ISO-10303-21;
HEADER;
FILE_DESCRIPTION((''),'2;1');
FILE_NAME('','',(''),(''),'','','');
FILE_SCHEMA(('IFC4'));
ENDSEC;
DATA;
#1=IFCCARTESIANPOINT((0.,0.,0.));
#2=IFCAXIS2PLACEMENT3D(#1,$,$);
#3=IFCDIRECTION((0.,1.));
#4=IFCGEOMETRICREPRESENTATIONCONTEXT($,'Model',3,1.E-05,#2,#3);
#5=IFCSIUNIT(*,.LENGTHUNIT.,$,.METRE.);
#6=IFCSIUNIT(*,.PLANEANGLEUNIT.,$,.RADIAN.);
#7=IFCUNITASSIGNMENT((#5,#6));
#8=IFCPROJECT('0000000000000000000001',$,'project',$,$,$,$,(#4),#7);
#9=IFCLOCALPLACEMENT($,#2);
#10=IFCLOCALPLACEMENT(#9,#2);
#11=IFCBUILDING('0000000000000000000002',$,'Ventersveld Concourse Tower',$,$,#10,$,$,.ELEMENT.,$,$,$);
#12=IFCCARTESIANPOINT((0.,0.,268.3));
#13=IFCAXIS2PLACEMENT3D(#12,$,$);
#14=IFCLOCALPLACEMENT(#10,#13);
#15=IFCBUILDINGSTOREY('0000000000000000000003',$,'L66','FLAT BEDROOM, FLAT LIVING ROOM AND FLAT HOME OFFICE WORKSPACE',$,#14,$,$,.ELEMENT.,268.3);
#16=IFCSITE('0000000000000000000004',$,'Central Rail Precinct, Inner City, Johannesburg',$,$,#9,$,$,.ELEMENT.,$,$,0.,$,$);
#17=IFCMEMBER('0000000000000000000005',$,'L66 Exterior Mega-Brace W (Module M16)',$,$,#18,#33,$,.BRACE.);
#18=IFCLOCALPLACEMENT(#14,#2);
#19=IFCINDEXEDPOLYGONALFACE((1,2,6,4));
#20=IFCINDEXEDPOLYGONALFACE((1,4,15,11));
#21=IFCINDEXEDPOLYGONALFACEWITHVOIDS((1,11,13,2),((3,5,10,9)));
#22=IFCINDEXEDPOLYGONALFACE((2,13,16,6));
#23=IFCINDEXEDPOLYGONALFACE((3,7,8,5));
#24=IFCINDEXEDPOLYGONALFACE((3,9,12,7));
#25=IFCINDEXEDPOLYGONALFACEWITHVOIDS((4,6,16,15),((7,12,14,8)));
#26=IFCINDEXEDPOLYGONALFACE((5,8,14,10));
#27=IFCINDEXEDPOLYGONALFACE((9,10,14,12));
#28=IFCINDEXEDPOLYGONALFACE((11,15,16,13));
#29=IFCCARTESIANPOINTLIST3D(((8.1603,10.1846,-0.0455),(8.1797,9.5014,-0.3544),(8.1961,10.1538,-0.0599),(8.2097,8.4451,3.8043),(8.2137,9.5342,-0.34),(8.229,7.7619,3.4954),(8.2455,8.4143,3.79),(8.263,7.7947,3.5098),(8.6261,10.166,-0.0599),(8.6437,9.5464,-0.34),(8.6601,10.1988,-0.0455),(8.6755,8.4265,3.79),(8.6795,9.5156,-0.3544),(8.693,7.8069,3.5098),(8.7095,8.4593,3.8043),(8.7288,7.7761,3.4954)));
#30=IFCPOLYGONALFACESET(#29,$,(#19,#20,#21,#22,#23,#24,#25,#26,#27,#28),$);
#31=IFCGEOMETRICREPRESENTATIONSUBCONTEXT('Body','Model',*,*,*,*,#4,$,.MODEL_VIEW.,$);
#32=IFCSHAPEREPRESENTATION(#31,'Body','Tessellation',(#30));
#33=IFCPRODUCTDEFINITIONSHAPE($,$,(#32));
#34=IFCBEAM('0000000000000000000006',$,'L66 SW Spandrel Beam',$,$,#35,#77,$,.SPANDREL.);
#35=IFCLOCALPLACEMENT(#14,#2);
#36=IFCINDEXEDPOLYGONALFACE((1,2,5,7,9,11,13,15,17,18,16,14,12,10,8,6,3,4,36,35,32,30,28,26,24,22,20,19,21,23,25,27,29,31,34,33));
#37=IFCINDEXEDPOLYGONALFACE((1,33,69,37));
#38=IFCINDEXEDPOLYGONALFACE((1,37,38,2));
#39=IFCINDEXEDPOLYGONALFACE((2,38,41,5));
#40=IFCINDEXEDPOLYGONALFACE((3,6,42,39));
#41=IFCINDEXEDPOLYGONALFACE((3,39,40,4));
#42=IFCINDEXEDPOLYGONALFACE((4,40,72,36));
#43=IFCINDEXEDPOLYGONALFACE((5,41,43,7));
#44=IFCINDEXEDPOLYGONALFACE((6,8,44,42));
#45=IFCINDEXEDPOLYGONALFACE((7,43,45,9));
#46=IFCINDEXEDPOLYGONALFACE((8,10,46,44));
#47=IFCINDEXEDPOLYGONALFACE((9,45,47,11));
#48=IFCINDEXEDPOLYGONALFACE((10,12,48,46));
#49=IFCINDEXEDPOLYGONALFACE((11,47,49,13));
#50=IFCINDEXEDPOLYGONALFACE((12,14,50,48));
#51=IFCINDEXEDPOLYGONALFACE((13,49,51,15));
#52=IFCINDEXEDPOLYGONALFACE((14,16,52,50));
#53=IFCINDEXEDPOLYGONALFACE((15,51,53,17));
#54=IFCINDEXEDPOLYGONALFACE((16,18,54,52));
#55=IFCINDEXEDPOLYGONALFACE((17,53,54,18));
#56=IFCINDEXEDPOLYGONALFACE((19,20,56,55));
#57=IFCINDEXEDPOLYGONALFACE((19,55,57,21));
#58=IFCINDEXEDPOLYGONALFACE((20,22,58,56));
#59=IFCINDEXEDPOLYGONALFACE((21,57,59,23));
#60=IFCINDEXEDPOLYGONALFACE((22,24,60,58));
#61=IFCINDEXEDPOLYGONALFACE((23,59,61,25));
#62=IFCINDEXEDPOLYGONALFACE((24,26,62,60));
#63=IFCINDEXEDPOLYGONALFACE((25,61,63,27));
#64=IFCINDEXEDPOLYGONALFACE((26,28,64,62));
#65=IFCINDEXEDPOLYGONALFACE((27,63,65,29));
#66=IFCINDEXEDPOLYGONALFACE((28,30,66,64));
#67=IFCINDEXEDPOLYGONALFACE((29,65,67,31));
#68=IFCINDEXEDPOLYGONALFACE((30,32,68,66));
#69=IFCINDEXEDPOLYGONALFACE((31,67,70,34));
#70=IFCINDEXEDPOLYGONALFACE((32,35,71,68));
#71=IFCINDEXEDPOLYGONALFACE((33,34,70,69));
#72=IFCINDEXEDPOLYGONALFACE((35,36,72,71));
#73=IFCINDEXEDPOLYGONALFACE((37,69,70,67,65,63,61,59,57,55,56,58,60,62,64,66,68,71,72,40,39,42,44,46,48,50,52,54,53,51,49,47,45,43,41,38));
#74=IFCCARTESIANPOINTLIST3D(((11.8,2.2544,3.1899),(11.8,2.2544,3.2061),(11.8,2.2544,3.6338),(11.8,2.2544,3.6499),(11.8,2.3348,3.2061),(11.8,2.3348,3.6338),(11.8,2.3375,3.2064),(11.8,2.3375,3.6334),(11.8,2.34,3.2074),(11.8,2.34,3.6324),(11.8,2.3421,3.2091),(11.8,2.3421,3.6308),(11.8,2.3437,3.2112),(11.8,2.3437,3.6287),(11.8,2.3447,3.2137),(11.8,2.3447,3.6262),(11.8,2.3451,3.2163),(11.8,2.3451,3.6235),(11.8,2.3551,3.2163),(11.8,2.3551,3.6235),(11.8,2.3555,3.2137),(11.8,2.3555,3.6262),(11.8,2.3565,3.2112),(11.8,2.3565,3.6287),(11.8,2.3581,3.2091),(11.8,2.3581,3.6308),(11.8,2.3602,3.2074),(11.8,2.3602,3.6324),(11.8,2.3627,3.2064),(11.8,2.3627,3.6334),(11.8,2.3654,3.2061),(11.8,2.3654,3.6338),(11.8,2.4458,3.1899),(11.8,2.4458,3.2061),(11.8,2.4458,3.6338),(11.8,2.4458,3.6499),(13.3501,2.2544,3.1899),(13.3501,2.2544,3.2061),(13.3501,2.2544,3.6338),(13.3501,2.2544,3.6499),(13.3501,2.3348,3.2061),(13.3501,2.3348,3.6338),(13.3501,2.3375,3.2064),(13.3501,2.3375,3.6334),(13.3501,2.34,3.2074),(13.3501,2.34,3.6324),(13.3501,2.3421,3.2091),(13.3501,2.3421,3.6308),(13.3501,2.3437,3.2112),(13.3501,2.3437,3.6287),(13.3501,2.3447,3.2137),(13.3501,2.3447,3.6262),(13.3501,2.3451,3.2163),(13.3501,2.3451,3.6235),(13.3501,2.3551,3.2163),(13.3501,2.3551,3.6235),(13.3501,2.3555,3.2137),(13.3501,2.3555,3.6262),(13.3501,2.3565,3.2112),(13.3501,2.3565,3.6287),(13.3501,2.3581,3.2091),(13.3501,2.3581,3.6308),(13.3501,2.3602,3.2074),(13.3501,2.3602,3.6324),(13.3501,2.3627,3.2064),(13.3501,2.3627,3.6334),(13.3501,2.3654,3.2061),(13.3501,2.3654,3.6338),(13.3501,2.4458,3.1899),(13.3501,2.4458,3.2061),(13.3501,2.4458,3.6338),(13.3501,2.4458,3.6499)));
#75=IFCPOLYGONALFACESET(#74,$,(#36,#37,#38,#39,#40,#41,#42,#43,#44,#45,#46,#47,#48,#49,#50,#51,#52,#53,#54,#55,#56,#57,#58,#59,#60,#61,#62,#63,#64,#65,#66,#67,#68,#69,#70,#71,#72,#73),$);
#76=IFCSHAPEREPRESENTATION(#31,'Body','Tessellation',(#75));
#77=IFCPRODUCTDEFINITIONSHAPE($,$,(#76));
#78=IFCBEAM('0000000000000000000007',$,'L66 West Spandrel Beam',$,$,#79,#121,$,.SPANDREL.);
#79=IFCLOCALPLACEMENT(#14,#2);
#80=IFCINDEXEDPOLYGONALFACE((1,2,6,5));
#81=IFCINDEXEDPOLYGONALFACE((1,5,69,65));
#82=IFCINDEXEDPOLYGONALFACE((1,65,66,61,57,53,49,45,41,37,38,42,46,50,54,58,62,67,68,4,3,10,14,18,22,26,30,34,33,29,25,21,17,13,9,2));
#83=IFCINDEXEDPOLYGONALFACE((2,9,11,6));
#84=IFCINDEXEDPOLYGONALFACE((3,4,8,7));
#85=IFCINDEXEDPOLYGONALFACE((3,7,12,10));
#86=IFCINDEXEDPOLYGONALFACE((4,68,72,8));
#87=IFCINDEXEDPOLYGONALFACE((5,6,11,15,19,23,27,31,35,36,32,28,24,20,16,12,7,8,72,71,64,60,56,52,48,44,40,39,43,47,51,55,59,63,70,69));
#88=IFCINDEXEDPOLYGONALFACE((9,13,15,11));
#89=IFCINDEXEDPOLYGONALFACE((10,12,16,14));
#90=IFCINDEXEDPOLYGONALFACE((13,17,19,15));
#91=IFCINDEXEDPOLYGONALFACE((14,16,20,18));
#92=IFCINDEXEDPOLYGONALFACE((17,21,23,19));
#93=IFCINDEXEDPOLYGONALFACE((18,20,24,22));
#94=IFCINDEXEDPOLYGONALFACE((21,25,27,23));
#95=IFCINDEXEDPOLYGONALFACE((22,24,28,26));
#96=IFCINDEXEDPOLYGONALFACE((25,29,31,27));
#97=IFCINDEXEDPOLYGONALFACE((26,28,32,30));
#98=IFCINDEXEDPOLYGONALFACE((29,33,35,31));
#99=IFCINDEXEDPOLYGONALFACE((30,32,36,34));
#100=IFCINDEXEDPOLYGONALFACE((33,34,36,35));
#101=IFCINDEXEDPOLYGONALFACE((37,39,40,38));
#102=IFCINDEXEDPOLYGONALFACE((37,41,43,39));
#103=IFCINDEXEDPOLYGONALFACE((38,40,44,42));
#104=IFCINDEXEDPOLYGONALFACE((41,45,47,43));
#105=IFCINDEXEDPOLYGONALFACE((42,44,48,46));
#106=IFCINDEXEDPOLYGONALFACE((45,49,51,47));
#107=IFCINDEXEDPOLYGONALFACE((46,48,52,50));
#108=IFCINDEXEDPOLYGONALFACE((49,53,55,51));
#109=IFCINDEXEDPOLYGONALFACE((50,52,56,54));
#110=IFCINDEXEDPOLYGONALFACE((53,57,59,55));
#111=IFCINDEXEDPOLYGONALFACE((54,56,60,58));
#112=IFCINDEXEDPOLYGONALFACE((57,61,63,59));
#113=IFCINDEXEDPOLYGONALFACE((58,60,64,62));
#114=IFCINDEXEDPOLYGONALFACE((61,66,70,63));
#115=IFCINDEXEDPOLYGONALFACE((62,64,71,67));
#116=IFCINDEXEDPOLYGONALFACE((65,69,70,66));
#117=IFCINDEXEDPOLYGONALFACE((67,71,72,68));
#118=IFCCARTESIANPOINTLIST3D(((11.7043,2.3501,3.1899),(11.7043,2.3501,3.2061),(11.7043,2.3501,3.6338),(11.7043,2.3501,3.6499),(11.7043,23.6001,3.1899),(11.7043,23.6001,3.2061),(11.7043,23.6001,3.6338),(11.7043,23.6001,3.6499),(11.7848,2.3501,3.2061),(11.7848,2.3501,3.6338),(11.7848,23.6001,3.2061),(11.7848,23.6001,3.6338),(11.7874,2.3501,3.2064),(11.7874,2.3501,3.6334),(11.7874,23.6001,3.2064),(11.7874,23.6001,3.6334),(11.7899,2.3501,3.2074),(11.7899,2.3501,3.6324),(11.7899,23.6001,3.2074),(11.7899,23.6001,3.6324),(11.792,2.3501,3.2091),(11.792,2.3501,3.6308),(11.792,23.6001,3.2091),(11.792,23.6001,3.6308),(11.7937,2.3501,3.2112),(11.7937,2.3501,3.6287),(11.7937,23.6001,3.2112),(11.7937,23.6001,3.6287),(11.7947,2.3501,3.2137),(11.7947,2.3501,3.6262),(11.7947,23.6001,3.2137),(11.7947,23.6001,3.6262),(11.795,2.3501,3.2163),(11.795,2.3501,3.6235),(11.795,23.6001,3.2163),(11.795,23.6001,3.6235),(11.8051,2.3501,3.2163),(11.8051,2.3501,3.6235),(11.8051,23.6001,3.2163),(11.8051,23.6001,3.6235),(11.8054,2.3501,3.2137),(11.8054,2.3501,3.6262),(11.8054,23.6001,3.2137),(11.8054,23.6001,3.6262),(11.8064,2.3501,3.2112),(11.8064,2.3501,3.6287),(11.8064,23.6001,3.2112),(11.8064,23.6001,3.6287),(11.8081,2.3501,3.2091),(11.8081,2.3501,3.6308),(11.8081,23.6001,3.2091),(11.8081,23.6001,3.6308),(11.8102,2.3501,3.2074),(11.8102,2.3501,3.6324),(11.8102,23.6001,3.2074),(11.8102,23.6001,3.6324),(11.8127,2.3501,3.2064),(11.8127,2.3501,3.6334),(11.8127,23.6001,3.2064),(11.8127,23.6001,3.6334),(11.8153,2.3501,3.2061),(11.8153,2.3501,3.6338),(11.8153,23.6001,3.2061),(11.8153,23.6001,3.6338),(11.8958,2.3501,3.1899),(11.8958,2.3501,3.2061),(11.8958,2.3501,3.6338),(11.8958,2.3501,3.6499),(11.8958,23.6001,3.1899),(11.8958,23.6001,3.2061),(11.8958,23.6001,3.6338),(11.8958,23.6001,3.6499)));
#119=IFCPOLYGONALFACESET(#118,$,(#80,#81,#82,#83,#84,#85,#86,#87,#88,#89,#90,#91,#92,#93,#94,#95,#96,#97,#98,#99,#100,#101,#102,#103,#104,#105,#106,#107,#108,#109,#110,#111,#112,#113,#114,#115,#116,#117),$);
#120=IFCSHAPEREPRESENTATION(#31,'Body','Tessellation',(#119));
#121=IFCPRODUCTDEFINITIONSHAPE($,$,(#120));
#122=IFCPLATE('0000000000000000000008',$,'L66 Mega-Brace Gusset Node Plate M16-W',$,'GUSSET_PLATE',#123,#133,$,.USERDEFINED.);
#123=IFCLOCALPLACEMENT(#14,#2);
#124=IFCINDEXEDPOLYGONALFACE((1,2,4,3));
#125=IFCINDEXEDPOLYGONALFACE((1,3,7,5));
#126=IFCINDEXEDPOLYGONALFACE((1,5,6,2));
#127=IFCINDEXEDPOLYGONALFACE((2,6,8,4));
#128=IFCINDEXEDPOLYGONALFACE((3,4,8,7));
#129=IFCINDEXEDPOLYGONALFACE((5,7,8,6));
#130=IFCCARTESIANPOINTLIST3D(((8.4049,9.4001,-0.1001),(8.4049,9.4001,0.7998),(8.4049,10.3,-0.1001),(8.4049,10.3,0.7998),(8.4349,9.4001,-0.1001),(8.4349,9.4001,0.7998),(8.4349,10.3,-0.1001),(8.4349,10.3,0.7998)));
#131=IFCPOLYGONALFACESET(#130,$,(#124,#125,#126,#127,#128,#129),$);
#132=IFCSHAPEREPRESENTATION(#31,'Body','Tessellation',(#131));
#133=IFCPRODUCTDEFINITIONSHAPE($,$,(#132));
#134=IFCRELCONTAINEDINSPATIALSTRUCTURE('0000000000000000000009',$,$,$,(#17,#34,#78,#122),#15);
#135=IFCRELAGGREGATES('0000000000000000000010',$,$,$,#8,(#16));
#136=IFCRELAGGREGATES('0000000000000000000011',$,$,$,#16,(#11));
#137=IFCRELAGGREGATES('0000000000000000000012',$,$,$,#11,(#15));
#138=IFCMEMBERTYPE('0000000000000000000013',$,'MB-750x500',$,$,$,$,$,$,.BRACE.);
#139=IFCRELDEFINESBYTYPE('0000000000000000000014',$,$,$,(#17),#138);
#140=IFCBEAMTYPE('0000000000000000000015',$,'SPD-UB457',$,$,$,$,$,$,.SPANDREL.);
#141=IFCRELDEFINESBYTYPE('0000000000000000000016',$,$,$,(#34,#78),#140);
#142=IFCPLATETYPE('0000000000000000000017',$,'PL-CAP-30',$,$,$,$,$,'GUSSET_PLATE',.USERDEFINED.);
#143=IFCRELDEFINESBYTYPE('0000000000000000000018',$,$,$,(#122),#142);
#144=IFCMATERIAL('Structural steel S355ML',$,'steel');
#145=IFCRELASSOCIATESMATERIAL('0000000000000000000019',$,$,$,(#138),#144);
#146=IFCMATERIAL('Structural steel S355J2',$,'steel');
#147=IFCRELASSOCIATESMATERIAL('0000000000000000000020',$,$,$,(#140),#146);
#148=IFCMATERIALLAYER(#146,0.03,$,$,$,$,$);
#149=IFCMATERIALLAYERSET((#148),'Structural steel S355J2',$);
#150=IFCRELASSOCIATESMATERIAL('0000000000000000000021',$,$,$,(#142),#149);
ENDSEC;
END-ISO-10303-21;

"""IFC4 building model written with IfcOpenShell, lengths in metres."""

from ifc_helpers import new_model, si_unit, direction, frame, origin, origin_2d, place, context, subcontext, project, spatial, rectangle, hollow_rectangle, i_section, extrude, material, layer, layer_set, material_profile, profile_set, type_object, element, save


model = new_model("IFC4")

# Units and contexts
model_context = context("Model", 3, precision=1e-05, world=origin(), true_north=direction((0.0, 1.0)))
body_context = subcontext(model_context, "Body", "Model", "MODEL_VIEW")
ifc_project = project(units=[si_unit("LENGTHUNIT", "METRE"), si_unit("PLANEANGLEUNIT", "RADIAN")], contexts=[model_context])

# Site, building, storey
site_placement = place(None, origin())
site = spatial("IfcSite", under=ifc_project, at=site_placement, Name="Central Rail Precinct, Inner City, Johannesburg", CompositionType="ELEMENT", RefElevation=0.0)
building_placement = place(site_placement, origin())
building = spatial("IfcBuilding", under=site, at=building_placement, Name="Ventersveld Concourse Tower", CompositionType="ELEMENT")
storey_placement = place(building_placement, frame((0.0, 0.0, 268.3)))
storey = spatial("IfcBuildingStorey", under=building, at=storey_placement, Name="L66", Description="FLAT BEDROOM, FLAT LIVING ROOM AND FLAT HOME OFFICE WORKSPACE", CompositionType="ELEMENT", Elevation=268.3)

# Shared definitions
ifc_material_1 = material(Name="Structural steel S355J2", Category="steel")

# Member
ifc_material_2 = material(Name="Structural steel S355ML", Category="steel")
ifc_material_profile_1 = material_profile(ifc_material_2, hollow_rectangle(XDim=0.5, YDim=0.75, WallThickness=0.0349, at=origin_2d()), Name="BOX 750x500x35")
ifc_profile_set_1 = profile_set([ifc_material_profile_1], Name="Structural steel S355ML")
member_type = type_object("IfcMemberType", Name="MB-750x500", PredefinedType="BRACE", material=ifc_profile_set_1)
member_placement = place(storey_placement, frame((8.4199, 9.8501, -0.2), z_axis=(0.011673, -0.411727, 0.911232), x_axis=(0.999598, 0.028339, 0.0)))
element("IfcMember", 1, at=member_placement, inside=storey, type_object=member_type, Name="L66 Exterior Mega-Brace W (Module M16)", PredefinedType="BRACE", context=body_context, shape_type="SweptSolid", body=[
    extrude(hollow_rectangle(XDim=0.5, YDim=0.75, WallThickness=0.0349, at=origin_2d()), origin(), (0.0, 0.0, 1.0), 4.2249),
])

# Beams
ifc_material_profile_2 = material_profile(ifc_material_1, i_section(OverallWidth=0.1914, OverallDepth=0.46, WebThickness=0.01, FlangeThickness=0.0161, FilletRadius=0.0103, at=origin_2d()), Name="UB 457x191x82")
ifc_profile_set_2 = profile_set([ifc_material_profile_2], Name="Structural steel S355J2")
beam_type_1 = type_object("IfcBeamType", Name="SPD-UB457", PredefinedType="SPANDREL", material=ifc_profile_set_2)
beam_1_placement = place(storey_placement, frame((11.8, 2.3501, 3.4199), z_axis=(1.0, 0.0, 0.0), x_axis=(0.0, 1.0, 0.0)))
element("IfcBeam", 2, at=beam_1_placement, inside=storey, type_object=beam_type_1, Name="L66 SW Spandrel Beam", PredefinedType="SPANDREL", context=body_context, shape_type="SweptSolid", body=[
    extrude(i_section(OverallWidth=0.1914, OverallDepth=0.46, WebThickness=0.01, FlangeThickness=0.0161, FilletRadius=0.0103, at=origin_2d()), origin(), (0.0, 0.0, 1.0), 1.55),
])
beam_2_placement = place(storey_placement, frame((11.8, 2.3501, 3.4199), z_axis=(0.0, 1.0, 0.0), x_axis=(-1.0, 0.0, 0.0)))
element("IfcBeam", 3, at=beam_2_placement, inside=storey, type_object=beam_type_1, Name="L66 West Spandrel Beam", PredefinedType="SPANDREL", context=body_context, shape_type="SweptSolid", body=[
    extrude(i_section(OverallWidth=0.1914, OverallDepth=0.46, WebThickness=0.01, FlangeThickness=0.0161, FilletRadius=0.0103, at=origin_2d()), origin(), (0.0, 0.0, 1.0), 21.25),
])

# Plate
ifc_layer_1 = layer(ifc_material_1, 0.03)
ifc_layer_set_1 = layer_set([ifc_layer_1], Name="Structural steel S355J2")
plate_type = type_object("IfcPlateType", Name="PL-CAP-30", ElementType="GUSSET_PLATE", PredefinedType="USERDEFINED", material=ifc_layer_set_1)
plate_placement = place(storey_placement, frame((8.4199, 9.8501, -0.1001), z_axis=(0.0, 0.0, 1.0), x_axis=(0.0, 1.0, 0.0)))
element("IfcPlate", 4, at=plate_placement, inside=storey, type_object=plate_type, Name="L66 Mega-Brace Gusset Node Plate M16-W", ObjectType="GUSSET_PLATE", PredefinedType="USERDEFINED", context=body_context, shape_type="SweptSolid", body=[
    extrude(rectangle(XDim=0.8999, YDim=0.03, at=origin_2d()), origin(), (0.0, 0.0, 1.0), 0.8999),
])

save(model, "model.ifc")
